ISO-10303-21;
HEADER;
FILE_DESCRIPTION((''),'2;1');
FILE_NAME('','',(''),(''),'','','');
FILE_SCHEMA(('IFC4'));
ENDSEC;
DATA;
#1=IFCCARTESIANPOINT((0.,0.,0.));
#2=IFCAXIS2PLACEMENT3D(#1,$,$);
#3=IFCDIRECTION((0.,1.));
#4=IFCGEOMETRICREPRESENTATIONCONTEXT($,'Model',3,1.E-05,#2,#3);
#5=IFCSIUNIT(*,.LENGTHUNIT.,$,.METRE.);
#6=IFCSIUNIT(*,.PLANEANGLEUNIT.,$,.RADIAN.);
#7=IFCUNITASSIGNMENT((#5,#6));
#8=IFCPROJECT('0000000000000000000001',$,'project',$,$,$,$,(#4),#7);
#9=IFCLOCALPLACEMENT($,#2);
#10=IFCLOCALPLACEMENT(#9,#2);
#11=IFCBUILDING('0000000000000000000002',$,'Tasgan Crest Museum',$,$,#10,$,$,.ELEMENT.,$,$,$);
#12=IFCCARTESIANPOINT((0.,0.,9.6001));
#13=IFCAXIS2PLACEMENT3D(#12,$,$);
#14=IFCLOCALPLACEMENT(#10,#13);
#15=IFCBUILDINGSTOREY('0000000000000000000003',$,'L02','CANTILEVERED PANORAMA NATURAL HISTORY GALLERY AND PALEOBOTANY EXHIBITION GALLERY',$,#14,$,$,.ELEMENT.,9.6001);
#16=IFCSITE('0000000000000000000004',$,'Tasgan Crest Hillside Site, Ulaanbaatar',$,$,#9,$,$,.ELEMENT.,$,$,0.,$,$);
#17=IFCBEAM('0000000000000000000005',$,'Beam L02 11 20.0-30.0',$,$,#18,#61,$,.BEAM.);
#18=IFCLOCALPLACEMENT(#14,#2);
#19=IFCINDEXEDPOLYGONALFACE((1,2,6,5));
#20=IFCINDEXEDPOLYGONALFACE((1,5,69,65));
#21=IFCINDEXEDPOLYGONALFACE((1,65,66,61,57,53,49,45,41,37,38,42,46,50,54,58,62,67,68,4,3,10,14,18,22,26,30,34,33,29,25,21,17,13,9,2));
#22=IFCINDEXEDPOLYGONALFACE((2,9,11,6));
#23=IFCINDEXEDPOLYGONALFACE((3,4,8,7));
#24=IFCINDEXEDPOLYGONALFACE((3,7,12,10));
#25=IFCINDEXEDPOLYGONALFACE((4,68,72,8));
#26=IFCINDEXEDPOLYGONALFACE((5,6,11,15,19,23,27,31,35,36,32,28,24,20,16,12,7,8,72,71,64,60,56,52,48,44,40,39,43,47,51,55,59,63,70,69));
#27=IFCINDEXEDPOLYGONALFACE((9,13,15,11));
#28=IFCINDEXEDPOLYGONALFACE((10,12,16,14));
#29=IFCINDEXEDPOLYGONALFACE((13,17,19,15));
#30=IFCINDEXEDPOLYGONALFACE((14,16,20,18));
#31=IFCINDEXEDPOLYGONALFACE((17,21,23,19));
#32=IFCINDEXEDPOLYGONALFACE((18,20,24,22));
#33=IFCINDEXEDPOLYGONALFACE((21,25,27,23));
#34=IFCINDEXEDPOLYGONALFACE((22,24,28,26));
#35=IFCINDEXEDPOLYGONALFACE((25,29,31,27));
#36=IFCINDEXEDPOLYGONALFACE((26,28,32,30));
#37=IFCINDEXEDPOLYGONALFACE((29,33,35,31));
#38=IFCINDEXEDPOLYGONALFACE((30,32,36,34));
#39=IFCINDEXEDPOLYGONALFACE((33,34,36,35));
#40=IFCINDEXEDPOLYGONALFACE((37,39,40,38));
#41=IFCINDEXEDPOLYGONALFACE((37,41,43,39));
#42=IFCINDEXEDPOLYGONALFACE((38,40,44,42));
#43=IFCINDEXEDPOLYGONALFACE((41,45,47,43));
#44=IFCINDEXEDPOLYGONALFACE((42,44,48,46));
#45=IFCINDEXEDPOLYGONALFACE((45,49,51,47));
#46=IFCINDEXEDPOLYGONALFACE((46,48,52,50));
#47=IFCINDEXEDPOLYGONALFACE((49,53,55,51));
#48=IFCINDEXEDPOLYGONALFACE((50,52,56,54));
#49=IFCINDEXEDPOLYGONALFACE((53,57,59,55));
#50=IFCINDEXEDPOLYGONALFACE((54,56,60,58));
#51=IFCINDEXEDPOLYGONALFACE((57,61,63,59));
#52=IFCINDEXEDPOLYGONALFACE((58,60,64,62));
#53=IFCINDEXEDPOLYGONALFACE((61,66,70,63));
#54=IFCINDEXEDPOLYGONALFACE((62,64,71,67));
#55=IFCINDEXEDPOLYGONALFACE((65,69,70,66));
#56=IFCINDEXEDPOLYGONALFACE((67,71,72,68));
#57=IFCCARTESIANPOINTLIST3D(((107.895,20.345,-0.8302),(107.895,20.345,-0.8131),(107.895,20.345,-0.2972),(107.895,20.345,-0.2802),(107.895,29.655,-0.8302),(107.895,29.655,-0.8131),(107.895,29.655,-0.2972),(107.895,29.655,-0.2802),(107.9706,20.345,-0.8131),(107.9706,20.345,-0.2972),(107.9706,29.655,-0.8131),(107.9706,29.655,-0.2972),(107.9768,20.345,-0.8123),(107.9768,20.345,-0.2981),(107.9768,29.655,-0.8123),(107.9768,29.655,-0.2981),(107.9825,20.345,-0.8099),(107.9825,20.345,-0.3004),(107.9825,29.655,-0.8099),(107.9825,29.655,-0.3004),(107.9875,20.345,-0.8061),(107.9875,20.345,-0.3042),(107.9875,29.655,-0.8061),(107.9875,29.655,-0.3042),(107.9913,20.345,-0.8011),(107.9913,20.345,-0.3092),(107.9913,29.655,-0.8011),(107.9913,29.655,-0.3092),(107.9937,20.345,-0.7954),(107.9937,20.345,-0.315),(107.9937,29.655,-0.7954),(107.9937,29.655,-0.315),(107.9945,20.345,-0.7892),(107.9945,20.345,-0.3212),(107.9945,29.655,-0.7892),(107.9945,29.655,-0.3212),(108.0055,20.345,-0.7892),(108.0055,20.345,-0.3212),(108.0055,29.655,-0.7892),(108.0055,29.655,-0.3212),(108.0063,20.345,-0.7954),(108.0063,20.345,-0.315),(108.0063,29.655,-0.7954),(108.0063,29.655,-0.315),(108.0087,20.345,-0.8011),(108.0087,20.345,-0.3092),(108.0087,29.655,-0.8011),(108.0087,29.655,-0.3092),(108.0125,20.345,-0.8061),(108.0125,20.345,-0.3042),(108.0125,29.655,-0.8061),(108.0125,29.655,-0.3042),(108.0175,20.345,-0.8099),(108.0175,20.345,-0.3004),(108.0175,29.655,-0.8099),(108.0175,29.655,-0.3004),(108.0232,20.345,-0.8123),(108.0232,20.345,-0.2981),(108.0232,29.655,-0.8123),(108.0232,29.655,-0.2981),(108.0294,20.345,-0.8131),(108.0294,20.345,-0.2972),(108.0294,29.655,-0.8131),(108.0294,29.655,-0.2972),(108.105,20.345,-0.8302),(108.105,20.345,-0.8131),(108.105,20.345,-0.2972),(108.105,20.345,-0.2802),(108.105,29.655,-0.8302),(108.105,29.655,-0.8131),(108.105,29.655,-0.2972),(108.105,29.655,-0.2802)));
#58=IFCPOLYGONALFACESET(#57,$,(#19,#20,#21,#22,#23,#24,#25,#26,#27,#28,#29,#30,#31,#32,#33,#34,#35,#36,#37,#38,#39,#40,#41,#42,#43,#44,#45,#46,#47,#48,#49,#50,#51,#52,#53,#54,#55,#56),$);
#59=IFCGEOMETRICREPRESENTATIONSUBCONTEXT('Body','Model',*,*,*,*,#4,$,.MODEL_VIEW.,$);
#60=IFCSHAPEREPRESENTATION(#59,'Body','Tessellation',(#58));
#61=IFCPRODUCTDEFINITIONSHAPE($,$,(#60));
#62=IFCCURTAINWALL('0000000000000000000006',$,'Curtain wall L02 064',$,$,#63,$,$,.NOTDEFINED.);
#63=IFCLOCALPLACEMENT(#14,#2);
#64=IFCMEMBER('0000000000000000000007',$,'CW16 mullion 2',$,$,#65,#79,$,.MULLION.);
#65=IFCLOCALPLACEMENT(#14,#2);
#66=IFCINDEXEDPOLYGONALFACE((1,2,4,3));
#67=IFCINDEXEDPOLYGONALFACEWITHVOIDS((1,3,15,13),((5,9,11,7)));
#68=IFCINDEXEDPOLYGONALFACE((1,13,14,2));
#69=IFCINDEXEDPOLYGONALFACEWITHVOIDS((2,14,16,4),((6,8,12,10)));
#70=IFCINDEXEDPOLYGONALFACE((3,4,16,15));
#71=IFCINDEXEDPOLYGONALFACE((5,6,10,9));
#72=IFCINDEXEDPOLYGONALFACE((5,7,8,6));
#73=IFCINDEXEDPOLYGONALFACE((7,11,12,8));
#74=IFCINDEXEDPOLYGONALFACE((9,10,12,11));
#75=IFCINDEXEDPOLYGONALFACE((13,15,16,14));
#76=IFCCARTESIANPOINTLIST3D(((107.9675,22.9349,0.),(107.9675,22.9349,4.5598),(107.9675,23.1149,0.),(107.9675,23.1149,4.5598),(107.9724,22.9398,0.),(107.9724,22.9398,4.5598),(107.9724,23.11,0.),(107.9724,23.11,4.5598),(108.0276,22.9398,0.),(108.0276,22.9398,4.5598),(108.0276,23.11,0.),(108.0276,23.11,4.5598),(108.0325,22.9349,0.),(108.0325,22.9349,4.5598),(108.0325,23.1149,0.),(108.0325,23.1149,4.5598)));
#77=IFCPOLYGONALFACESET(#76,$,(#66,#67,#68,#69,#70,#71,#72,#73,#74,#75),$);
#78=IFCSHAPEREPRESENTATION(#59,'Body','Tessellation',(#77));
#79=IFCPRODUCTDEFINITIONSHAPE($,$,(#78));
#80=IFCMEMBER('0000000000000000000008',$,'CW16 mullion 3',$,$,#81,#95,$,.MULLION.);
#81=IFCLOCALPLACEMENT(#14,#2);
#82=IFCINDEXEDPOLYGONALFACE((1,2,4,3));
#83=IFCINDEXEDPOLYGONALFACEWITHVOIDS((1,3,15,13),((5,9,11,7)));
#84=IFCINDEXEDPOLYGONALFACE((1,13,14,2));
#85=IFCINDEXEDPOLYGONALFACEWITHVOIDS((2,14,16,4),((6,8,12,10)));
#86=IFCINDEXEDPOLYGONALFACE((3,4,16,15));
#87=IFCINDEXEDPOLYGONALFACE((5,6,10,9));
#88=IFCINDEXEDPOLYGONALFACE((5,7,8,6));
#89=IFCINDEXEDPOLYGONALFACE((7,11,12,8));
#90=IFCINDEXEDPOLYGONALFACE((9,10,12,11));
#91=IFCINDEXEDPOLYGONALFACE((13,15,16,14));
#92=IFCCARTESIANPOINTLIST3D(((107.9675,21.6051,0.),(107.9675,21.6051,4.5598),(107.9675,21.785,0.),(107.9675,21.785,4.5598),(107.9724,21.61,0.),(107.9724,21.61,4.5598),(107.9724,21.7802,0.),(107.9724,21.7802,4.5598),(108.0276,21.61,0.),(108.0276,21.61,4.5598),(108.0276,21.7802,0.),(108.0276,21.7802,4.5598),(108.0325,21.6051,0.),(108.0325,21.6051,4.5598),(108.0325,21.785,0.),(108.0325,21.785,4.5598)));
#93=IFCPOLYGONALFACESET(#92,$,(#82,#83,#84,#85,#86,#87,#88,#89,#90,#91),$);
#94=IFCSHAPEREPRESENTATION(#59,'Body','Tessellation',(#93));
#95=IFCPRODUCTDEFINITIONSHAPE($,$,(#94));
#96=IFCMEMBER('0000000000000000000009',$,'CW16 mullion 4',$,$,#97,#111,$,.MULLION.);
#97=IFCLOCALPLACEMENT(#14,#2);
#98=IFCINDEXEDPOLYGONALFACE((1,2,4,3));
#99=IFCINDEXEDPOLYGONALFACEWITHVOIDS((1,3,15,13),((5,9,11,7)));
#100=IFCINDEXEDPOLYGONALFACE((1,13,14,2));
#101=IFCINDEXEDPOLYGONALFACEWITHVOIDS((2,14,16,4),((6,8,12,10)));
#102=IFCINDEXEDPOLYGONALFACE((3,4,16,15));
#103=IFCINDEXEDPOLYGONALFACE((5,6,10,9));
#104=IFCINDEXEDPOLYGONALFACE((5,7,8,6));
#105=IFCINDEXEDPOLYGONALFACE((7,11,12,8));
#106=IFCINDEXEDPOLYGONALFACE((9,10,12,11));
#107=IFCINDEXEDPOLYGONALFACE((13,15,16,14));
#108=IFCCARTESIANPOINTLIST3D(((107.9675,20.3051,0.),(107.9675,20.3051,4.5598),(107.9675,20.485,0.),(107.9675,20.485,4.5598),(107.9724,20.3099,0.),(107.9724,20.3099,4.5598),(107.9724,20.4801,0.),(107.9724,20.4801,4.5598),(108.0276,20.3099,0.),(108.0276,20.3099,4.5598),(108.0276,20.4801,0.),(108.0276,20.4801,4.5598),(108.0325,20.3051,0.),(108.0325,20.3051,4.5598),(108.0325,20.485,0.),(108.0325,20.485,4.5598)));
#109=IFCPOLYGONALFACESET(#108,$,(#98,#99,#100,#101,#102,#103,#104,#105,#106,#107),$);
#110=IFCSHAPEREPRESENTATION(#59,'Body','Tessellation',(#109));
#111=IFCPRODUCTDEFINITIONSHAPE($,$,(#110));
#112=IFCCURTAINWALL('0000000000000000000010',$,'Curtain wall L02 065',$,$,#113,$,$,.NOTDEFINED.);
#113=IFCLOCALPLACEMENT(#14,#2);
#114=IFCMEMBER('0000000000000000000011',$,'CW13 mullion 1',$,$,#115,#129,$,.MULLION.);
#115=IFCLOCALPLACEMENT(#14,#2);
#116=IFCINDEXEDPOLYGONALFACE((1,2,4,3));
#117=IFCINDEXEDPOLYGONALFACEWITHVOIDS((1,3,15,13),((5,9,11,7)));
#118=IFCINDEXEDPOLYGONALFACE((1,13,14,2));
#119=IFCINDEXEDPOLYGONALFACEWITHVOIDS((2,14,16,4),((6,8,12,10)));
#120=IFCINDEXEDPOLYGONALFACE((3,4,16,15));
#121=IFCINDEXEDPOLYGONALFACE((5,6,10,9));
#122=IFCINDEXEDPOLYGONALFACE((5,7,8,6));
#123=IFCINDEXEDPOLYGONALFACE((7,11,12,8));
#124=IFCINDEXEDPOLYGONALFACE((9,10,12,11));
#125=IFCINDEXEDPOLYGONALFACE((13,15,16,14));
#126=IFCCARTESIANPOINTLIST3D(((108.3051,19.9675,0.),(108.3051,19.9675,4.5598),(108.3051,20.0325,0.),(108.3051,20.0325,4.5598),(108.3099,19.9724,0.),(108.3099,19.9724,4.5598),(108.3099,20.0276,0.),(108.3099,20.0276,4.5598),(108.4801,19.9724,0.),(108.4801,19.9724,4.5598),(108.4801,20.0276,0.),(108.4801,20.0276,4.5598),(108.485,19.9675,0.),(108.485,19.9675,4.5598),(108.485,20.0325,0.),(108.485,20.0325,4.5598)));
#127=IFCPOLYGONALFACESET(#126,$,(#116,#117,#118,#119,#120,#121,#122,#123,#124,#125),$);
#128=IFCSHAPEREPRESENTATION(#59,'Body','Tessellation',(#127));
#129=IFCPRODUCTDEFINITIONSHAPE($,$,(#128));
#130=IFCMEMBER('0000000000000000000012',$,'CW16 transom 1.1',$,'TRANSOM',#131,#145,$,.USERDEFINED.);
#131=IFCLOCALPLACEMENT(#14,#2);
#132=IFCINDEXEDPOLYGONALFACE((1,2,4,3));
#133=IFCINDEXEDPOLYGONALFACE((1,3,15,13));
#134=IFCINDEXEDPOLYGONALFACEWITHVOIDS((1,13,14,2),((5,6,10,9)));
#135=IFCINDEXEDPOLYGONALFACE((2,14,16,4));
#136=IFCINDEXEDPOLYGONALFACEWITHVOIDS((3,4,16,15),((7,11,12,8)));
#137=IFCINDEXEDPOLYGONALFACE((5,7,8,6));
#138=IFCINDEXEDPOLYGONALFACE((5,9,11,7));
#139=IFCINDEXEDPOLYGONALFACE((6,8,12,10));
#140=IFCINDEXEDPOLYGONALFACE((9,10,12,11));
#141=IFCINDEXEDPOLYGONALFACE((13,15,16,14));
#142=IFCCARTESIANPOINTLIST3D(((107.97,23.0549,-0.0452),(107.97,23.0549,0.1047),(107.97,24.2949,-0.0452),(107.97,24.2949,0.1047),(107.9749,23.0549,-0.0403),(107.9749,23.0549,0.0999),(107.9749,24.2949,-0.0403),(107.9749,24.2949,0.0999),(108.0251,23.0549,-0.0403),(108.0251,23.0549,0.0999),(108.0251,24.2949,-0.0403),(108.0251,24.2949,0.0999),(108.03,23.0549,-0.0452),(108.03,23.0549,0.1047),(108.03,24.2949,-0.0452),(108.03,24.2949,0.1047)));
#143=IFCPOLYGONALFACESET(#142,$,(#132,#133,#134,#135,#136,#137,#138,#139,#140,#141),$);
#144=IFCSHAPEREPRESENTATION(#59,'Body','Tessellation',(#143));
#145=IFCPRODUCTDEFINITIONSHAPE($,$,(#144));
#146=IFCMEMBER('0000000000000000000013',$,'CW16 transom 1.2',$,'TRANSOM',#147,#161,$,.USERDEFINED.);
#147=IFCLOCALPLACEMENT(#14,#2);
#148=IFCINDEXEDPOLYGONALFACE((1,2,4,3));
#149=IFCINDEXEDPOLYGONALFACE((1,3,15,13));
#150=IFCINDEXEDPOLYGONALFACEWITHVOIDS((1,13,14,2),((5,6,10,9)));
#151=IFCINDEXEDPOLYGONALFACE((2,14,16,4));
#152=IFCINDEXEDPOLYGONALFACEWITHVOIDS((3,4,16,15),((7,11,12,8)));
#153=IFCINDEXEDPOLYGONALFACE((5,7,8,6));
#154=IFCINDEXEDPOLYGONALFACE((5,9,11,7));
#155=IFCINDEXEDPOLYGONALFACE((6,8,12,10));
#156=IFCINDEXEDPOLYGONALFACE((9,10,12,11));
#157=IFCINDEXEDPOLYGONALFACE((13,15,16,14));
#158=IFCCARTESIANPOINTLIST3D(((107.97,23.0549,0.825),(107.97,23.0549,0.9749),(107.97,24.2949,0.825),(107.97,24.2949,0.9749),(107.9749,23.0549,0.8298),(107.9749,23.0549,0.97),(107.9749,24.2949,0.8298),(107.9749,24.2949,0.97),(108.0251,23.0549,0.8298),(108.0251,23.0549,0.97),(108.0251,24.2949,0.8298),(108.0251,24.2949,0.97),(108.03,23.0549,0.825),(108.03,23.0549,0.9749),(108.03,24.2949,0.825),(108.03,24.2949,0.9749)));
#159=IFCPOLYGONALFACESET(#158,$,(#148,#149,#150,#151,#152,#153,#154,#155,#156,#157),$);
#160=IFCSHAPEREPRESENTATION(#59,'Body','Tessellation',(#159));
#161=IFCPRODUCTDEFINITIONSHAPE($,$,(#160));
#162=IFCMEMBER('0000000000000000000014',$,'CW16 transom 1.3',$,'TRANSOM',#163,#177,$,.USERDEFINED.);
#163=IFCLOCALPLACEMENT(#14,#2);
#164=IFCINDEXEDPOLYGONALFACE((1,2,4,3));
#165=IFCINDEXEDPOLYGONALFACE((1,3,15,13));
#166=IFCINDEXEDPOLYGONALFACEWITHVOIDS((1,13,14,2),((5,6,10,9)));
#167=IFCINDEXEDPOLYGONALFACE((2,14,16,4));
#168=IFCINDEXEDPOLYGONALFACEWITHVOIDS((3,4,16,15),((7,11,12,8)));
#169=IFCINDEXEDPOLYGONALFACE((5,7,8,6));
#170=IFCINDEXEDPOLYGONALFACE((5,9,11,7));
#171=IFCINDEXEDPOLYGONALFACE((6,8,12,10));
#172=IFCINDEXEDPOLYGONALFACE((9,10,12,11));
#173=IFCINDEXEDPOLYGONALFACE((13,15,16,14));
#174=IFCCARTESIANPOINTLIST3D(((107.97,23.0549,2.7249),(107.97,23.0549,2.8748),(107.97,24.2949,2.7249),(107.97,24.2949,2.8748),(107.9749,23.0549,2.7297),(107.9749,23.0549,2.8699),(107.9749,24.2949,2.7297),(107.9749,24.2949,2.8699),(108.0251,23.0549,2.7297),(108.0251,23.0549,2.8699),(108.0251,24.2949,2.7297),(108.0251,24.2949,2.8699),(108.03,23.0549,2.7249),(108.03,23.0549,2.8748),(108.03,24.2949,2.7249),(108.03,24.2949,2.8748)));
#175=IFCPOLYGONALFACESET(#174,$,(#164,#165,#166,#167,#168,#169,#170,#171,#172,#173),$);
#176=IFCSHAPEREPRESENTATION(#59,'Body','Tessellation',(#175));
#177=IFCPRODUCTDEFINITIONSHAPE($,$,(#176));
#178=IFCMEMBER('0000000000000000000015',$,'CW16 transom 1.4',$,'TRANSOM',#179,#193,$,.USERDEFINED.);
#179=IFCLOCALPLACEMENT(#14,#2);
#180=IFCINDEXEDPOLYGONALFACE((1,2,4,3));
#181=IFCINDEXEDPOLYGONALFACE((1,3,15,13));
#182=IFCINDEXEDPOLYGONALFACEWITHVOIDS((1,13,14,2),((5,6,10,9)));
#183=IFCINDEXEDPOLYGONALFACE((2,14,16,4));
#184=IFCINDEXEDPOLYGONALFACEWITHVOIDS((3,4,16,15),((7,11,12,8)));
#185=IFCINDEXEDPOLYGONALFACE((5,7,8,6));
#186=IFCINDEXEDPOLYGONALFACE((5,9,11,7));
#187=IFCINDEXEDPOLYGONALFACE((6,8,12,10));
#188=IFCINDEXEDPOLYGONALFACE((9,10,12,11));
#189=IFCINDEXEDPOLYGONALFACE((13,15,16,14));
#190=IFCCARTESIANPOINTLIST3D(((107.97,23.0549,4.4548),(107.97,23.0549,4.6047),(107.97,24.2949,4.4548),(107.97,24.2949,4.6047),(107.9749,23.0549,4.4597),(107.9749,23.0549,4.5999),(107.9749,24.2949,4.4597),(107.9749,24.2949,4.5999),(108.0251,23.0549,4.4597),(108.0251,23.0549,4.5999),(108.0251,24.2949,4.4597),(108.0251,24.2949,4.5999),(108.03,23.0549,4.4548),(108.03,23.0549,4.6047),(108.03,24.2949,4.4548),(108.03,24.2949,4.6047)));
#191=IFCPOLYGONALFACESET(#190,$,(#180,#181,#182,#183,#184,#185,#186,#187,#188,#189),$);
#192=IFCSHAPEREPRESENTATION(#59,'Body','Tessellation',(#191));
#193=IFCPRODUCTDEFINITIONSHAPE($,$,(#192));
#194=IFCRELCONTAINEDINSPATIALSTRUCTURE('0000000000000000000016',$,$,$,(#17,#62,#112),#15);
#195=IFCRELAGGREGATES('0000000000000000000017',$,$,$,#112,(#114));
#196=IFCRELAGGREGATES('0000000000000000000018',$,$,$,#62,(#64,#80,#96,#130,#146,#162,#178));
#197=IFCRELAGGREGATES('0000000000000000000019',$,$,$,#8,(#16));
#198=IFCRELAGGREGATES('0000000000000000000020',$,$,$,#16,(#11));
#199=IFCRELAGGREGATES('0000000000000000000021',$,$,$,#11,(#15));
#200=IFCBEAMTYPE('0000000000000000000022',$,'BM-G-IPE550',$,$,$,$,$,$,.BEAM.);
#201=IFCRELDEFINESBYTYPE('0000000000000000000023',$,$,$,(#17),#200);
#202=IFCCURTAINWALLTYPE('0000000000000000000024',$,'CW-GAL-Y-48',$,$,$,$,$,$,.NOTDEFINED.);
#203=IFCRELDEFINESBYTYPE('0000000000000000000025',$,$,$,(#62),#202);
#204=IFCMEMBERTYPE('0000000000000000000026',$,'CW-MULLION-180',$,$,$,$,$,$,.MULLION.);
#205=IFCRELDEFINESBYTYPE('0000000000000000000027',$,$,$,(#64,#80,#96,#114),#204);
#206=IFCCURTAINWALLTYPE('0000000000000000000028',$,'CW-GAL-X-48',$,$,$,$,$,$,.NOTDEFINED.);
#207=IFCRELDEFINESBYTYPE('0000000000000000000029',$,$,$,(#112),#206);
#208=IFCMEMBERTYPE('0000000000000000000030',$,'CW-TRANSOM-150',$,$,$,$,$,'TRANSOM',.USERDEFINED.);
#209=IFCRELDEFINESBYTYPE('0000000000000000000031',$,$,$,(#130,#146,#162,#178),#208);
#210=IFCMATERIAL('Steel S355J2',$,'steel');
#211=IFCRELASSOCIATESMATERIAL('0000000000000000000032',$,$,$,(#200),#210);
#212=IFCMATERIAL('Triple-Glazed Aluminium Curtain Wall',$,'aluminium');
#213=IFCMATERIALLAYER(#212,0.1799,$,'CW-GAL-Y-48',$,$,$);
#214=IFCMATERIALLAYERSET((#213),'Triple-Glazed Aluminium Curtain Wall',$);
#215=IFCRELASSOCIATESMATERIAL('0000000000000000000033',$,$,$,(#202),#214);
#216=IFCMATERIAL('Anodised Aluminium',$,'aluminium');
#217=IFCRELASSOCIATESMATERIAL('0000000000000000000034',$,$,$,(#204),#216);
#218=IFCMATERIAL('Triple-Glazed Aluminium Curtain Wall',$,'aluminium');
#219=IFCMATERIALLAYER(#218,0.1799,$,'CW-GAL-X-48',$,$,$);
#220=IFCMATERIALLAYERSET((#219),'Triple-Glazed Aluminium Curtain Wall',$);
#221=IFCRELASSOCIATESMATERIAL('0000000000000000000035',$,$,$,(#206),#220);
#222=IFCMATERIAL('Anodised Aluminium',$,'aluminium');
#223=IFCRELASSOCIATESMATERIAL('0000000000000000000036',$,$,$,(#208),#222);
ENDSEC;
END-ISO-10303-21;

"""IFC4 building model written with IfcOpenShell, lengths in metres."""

from ifc_helpers import new_model, si_unit, direction, frame, origin, origin_2d, place, context, subcontext, project, spatial, hollow_rectangle, i_section, extrude, material, layer, layer_set, material_profile, profile_set, type_object, element, aggregate, save


model = new_model("IFC4")

# Units and contexts
model_context = context("Model", 3, precision=1e-05, world=origin(), true_north=direction((0.0, 1.0)))
body_context = subcontext(model_context, "Body", "Model", "MODEL_VIEW")
ifc_project = project(units=[si_unit("LENGTHUNIT", "METRE"), si_unit("PLANEANGLEUNIT", "RADIAN")], contexts=[model_context])

# Site, building, storey
site_placement = place(None, origin())
site = spatial("IfcSite", under=ifc_project, at=site_placement, Name="Tasgan Crest Hillside Site, Ulaanbaatar", CompositionType="ELEMENT", RefElevation=0.0)
building_placement = place(site_placement, origin())
building = spatial("IfcBuilding", under=site, at=building_placement, Name="Tasgan Crest Museum", CompositionType="ELEMENT")
storey_placement = place(building_placement, frame((0.0, 0.0, 9.6001)))
storey = spatial("IfcBuildingStorey", under=building, at=storey_placement, Name="L02", Description="CANTILEVERED PANORAMA NATURAL HISTORY GALLERY AND PALEOBOTANY EXHIBITION GALLERY", CompositionType="ELEMENT", Elevation=9.6001)

# Beam
ifc_material_1 = material(Name="Steel S355J2", Category="steel")
ifc_material_profile_1 = material_profile(ifc_material_1, i_section(OverallWidth=0.21, OverallDepth=0.55, WebThickness=0.011, FlangeThickness=0.0171, FilletRadius=0.0239, at=origin_2d()), Name="IPE 550")
ifc_profile_set_1 = profile_set([ifc_material_profile_1], Name="Steel S355J2")
beam_type_1 = type_object("IfcBeamType", Name="BM-G-IPE550", PredefinedType="BEAM", material=ifc_profile_set_1)
beam_1_placement = place(storey_placement, frame((108.0, 20.345, -0.5552), z_axis=(0.0, 1.0, 0.0), x_axis=(-1.0, 0.0, 0.0)))
element("IfcBeam", 1, at=beam_1_placement, inside=storey, type_object=beam_type_1, Name="Beam L02 11 20.0-30.0", PredefinedType="BEAM", context=body_context, shape_type="SweptSolid", body=[
    extrude(i_section(OverallWidth=0.21, OverallDepth=0.55, WebThickness=0.011, FlangeThickness=0.0171, FilletRadius=0.0239, at=origin_2d()), origin(), (0.0, 0.0, 1.0), 9.3101),
])

# Curtain wall, members
ifc_material_2 = material(Name="Triple-Glazed Aluminium Curtain Wall", Category="aluminium")
ifc_layer_1 = layer(ifc_material_2, 0.1799, Name="CW-GAL-Y-48")
ifc_layer_set_1 = layer_set([ifc_layer_1], Name="Triple-Glazed Aluminium Curtain Wall")
curtain_wall_type_1 = type_object("IfcCurtainWallType", Name="CW-GAL-Y-48", PredefinedType="NOTDEFINED", material=ifc_layer_set_1)
curtain_wall_1_placement = place(storey_placement, origin())
curtain_wall_1 = element("IfcCurtainWall", 2, at=curtain_wall_1_placement, inside=storey, type_object=curtain_wall_type_1, Name="Curtain wall L02 064", PredefinedType="NOTDEFINED")
ifc_material_3 = material(Name="Anodised Aluminium", Category="aluminium")
ifc_material_profile_2 = material_profile(ifc_material_3, hollow_rectangle(XDim=0.0649, YDim=0.1799, WallThickness=0.0049, at=origin_2d()), Name="ALU MULLION 180x65x5")
ifc_profile_set_2 = profile_set([ifc_material_profile_2], Name="Anodised Aluminium")
member_type_1 = type_object("IfcMemberType", Name="CW-MULLION-180", PredefinedType="MULLION", material=ifc_profile_set_2)
member_1_placement = place(storey_placement, frame((108.0, 23.0249, 0.0), z_axis=(0.0, 0.0, 1.0), x_axis=(1.0, 0.0, 0.0)))
member_1 = element("IfcMember", 3, at=member_1_placement, type_object=member_type_1, Name="CW16 mullion 2", PredefinedType="MULLION", context=body_context, shape_type="SweptSolid", body=[
    extrude(hollow_rectangle(XDim=0.0649, YDim=0.1799, WallThickness=0.0049, at=origin_2d()), origin(), (0.0, 0.0, 1.0), 4.5598),
])
member_2_placement = place(storey_placement, frame((108.0, 21.6951, 0.0), z_axis=(0.0, 0.0, 1.0), x_axis=(1.0, 0.0, 0.0)))
member_2 = element("IfcMember", 4, at=member_2_placement, type_object=member_type_1, Name="CW16 mullion 3", PredefinedType="MULLION", context=body_context, shape_type="SweptSolid", body=[
    extrude(hollow_rectangle(XDim=0.0649, YDim=0.1799, WallThickness=0.0049, at=origin_2d()), origin(), (0.0, 0.0, 1.0), 4.5598),
])
member_3_placement = place(storey_placement, frame((108.0, 20.395, 0.0), z_axis=(0.0, 0.0, 1.0), x_axis=(1.0, 0.0, 0.0)))
member_3 = element("IfcMember", 5, at=member_3_placement, type_object=member_type_1, Name="CW16 mullion 4", PredefinedType="MULLION", context=body_context, shape_type="SweptSolid", body=[
    extrude(hollow_rectangle(XDim=0.0649, YDim=0.1799, WallThickness=0.0049, at=origin_2d()), origin(), (0.0, 0.0, 1.0), 4.5598),
])

# Curtain wall, member
ifc_material_4 = material(Name="Triple-Glazed Aluminium Curtain Wall", Category="aluminium")
ifc_layer_2 = layer(ifc_material_4, 0.1799, Name="CW-GAL-X-48")
ifc_layer_set_2 = layer_set([ifc_layer_2], Name="Triple-Glazed Aluminium Curtain Wall")
curtain_wall_type_2 = type_object("IfcCurtainWallType", Name="CW-GAL-X-48", PredefinedType="NOTDEFINED", material=ifc_layer_set_2)
curtain_wall_2_placement = place(storey_placement, origin())
curtain_wall_2 = element("IfcCurtainWall", 6, at=curtain_wall_2_placement, inside=storey, type_object=curtain_wall_type_2, Name="Curtain wall L02 065", PredefinedType="NOTDEFINED")
member_4_placement = place(storey_placement, frame((108.395, 20.0, 0.0), z_axis=(0.0, 0.0, 1.0), x_axis=(0.0, 1.0, 0.0)))
member_4 = element("IfcMember", 7, at=member_4_placement, type_object=member_type_1, Name="CW13 mullion 1", PredefinedType="MULLION", context=body_context, shape_type="SweptSolid", body=[
    extrude(hollow_rectangle(XDim=0.0649, YDim=0.1799, WallThickness=0.0049, at=origin_2d()), origin(), (0.0, 0.0, 1.0), 4.5598),
])

# Members
ifc_material_5 = material(Name="Anodised Aluminium", Category="aluminium")
ifc_material_profile_3 = material_profile(ifc_material_5, hollow_rectangle(XDim=0.0601, YDim=0.1499, WallThickness=0.0049, at=origin_2d()), Name="ALU TRANSOM 150x60x5")
ifc_profile_set_3 = profile_set([ifc_material_profile_3], Name="Anodised Aluminium")
member_type_2 = type_object("IfcMemberType", Name="CW-TRANSOM-150", ElementType="TRANSOM", PredefinedType="USERDEFINED", material=ifc_profile_set_3)
member_5_placement = place(storey_placement, frame((108.0, 24.2949, 0.0298), z_axis=(0.0, -1.0, 0.0), x_axis=(1.0, 0.0, 0.0)))
member_5 = element("IfcMember", 8, at=member_5_placement, type_object=member_type_2, Name="CW16 transom 1.1", ObjectType="TRANSOM", PredefinedType="USERDEFINED", context=body_context, shape_type="SweptSolid", body=[
    extrude(hollow_rectangle(XDim=0.0601, YDim=0.1499, WallThickness=0.0049, at=origin_2d()), origin(), (0.0, 0.0, 1.0), 1.24),
])
member_6_placement = place(storey_placement, frame((108.0, 24.2949, 0.8999), z_axis=(0.0, -1.0, 0.0), x_axis=(1.0, 0.0, 0.0)))
member_6 = element("IfcMember", 9, at=member_6_placement, type_object=member_type_2, Name="CW16 transom 1.2", ObjectType="TRANSOM", PredefinedType="USERDEFINED", context=body_context, shape_type="SweptSolid", body=[
    extrude(hollow_rectangle(XDim=0.0601, YDim=0.1499, WallThickness=0.0049, at=origin_2d()), origin(), (0.0, 0.0, 1.0), 1.24),
])
member_7_placement = place(storey_placement, frame((108.0, 24.2949, 2.7998), z_axis=(0.0, -1.0, 0.0), x_axis=(1.0, 0.0, 0.0)))
member_7 = element("IfcMember", 10, at=member_7_placement, type_object=member_type_2, Name="CW16 transom 1.3", ObjectType="TRANSOM", PredefinedType="USERDEFINED", context=body_context, shape_type="SweptSolid", body=[
    extrude(hollow_rectangle(XDim=0.0601, YDim=0.1499, WallThickness=0.0049, at=origin_2d()), origin(), (0.0, 0.0, 1.0), 1.24),
])
member_8_placement = place(storey_placement, frame((108.0, 24.2949, 4.5298), z_axis=(0.0, -1.0, 0.0), x_axis=(1.0, 0.0, 0.0)))
member_8 = element("IfcMember", 11, at=member_8_placement, type_object=member_type_2, Name="CW16 transom 1.4", ObjectType="TRANSOM", PredefinedType="USERDEFINED", context=body_context, shape_type="SweptSolid", body=[
    extrude(hollow_rectangle(XDim=0.0601, YDim=0.1499, WallThickness=0.0049, at=origin_2d()), origin(), (0.0, 0.0, 1.0), 1.24),
])

aggregate(curtain_wall_2, [member_4])
aggregate(curtain_wall_1, [member_1, member_2, member_3, member_5, member_6, member_7, member_8])

save(model, "model.ifc")
